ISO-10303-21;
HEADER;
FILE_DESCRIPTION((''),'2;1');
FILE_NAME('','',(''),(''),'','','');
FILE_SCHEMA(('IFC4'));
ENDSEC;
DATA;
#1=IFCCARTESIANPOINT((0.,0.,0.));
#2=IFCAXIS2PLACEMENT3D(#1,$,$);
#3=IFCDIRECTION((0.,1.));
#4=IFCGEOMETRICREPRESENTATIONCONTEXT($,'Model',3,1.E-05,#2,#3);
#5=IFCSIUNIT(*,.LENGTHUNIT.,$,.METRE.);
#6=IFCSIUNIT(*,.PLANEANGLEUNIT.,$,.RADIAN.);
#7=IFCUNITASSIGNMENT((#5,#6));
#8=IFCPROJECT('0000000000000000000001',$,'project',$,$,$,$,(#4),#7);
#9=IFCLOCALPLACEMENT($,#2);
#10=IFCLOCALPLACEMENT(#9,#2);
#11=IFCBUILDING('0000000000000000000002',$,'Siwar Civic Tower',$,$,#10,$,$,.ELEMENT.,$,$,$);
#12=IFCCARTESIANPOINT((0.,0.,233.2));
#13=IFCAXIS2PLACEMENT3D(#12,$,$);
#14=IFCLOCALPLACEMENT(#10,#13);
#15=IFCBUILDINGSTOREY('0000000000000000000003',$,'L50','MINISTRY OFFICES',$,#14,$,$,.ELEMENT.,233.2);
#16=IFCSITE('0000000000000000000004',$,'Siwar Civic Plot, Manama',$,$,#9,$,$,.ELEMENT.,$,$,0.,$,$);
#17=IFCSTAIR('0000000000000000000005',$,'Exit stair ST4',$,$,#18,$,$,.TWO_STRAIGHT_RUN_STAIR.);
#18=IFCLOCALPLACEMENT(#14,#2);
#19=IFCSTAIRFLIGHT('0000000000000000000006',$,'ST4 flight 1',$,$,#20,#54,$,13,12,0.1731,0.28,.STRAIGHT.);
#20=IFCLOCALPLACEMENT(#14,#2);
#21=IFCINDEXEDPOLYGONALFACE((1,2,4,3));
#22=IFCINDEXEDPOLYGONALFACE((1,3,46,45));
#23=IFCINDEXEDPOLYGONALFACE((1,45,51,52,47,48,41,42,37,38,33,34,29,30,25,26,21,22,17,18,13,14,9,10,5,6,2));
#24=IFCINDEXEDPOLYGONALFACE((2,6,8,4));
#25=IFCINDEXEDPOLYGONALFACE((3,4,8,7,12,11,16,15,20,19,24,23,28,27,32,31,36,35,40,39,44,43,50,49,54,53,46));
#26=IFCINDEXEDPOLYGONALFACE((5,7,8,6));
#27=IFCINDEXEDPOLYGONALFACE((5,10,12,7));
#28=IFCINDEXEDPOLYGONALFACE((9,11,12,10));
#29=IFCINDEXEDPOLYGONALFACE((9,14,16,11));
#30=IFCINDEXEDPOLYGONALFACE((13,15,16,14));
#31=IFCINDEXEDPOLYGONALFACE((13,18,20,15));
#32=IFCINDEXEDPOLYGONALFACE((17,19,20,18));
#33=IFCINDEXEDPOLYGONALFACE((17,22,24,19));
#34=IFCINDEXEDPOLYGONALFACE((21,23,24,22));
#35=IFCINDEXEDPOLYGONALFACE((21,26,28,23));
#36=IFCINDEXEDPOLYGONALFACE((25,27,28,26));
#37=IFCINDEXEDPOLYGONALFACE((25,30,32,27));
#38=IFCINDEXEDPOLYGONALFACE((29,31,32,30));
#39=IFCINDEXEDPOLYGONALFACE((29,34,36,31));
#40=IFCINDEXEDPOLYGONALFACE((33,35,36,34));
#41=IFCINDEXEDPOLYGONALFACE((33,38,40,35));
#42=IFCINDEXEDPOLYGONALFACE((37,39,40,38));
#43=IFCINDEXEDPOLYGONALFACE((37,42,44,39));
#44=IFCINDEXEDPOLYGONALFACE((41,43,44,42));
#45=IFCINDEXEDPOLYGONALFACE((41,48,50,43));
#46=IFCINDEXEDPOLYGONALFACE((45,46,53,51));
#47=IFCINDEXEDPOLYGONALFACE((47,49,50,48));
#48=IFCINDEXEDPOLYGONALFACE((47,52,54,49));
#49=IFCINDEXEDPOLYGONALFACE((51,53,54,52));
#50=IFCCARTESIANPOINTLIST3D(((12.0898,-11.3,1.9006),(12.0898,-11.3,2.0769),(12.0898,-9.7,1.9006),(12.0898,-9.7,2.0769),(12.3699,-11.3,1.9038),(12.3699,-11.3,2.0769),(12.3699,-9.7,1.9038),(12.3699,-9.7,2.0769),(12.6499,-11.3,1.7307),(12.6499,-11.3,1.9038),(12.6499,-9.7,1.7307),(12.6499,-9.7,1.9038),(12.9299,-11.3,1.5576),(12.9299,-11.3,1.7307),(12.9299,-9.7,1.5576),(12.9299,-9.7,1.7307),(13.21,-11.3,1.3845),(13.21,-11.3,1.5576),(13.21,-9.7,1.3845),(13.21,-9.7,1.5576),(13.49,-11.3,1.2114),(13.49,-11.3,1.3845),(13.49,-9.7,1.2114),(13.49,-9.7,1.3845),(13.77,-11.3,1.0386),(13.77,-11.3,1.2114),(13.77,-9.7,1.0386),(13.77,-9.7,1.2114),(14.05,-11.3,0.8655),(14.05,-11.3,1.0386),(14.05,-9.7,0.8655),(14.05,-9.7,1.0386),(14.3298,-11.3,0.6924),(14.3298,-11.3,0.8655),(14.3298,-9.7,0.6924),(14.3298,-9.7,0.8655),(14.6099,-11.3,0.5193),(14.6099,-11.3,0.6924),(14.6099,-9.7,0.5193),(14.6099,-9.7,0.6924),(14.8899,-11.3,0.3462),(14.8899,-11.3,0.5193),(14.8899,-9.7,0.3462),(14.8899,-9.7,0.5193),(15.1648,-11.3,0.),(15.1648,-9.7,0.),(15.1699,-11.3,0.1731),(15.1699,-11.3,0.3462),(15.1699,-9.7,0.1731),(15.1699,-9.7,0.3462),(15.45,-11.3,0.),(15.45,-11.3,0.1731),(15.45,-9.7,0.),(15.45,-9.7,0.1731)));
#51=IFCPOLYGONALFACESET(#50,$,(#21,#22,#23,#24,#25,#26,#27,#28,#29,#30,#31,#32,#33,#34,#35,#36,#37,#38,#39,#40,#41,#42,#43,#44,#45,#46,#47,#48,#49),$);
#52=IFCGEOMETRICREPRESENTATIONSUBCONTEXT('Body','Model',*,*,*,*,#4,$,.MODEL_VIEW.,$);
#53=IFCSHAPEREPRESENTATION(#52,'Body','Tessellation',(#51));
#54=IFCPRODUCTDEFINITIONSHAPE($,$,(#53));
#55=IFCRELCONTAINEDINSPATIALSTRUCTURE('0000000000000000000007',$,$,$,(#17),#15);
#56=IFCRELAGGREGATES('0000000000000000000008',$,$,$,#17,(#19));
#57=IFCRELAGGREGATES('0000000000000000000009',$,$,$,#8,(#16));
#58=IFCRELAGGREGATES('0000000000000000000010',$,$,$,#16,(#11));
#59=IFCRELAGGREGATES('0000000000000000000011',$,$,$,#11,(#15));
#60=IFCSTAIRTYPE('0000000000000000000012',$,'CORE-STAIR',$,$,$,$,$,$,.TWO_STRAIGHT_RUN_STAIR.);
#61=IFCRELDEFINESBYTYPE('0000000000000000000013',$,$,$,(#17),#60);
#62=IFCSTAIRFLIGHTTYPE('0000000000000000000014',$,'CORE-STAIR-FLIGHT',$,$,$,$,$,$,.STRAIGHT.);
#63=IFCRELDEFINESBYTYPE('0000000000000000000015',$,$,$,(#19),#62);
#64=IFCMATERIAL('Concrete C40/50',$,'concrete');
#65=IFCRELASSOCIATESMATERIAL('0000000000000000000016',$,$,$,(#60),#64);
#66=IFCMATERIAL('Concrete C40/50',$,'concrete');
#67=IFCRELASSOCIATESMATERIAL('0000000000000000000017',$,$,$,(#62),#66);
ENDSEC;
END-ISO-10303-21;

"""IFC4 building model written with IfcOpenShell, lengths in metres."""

from ifc_helpers import new_model, si_unit, direction, frame, origin, place, context, subcontext, project, spatial, polyline, outline, extrude, material, type_object, element, aggregate, save


model = new_model("IFC4")

# Units and contexts
model_context = context("Model", 3, precision=1e-05, world=origin(), true_north=direction((0.0, 1.0)))
body_context = subcontext(model_context, "Body", "Model", "MODEL_VIEW")
ifc_project = project(units=[si_unit("LENGTHUNIT", "METRE"), si_unit("PLANEANGLEUNIT", "RADIAN")], contexts=[model_context])

# Site, building, storey
site_placement = place(None, origin())
site = spatial("IfcSite", under=ifc_project, at=site_placement, Name="Siwar Civic Plot, Manama", CompositionType="ELEMENT", RefElevation=0.0)
building_placement = place(site_placement, origin())
building = spatial("IfcBuilding", under=site, at=building_placement, Name="Siwar Civic Tower", CompositionType="ELEMENT")
storey_placement = place(building_placement, frame((0.0, 0.0, 233.2)))
storey = spatial("IfcBuildingStorey", under=building, at=storey_placement, Name="L50", Description="MINISTRY OFFICES", CompositionType="ELEMENT", Elevation=233.2)

# Stair, stair flight
ifc_material_1 = material(Name="Concrete C40/50", Category="concrete")
stair_type = type_object("IfcStairType", Name="CORE-STAIR", PredefinedType="TWO_STRAIGHT_RUN_STAIR", material=ifc_material_1)
stair_placement = place(storey_placement, origin())
stair = element("IfcStair", 1, at=stair_placement, inside=storey, type_object=stair_type, Name="Exit stair ST4", PredefinedType="TWO_STRAIGHT_RUN_STAIR")
ifc_material_2 = material(Name="Concrete C40/50", Category="concrete")
stair_flight_type = type_object("IfcStairFlightType", Name="CORE-STAIR-FLIGHT", PredefinedType="STRAIGHT", material=ifc_material_2)
stair_flight_placement = place(storey_placement, frame((15.45, -10.5, 0.0), z_axis=(0.0, 0.0, 1.0), x_axis=(-1.0, 0.0, 0.0)))
stair_flight = element("IfcStairFlight", 2, at=stair_flight_placement, type_object=stair_flight_type, Name="ST4 flight 1", NumberOfRisers=13, NumberOfTreads=12, PredefinedType="STRAIGHT", RiserHeight=0.1731, TreadLength=0.28, context=body_context, shape_type="SweptSolid", body=[
    extrude(outline(polyline([(0.0, 0.0), (0.0, 0.1731), (0.28, 0.1731), (0.28, 0.3462), (0.5601, 0.3462), (0.5601, 0.5193), (0.8401, 0.5193), (0.8401, 0.6924), (1.1201, 0.6924), (1.1201, 0.8655), (1.3999, 0.8655), (1.3999, 1.0386), (1.6799, 1.0386), (1.6799, 1.2114), (1.96, 1.2114), (1.96, 1.3845), (2.24, 1.3845), (2.24, 1.5576), (2.52, 1.5576), (2.52, 1.7307), (2.8, 1.7307), (2.8, 1.9038), (3.0801, 1.9038), (3.0801, 2.0769), (3.3601, 2.0769), (3.3601, 2.25), (3.3601, 1.9006), (0.2852, 0.0), (0.0, 0.0)])), frame((0.0, 0.8, 0.0), z_axis=(0.0, -1.0, 0.0), x_axis=(1.0, 0.0, 0.0)), (0.0, 0.0, 1.0), 1.6001),
])
aggregate(stair, [stair_flight])

save(model, "model.ifc")
